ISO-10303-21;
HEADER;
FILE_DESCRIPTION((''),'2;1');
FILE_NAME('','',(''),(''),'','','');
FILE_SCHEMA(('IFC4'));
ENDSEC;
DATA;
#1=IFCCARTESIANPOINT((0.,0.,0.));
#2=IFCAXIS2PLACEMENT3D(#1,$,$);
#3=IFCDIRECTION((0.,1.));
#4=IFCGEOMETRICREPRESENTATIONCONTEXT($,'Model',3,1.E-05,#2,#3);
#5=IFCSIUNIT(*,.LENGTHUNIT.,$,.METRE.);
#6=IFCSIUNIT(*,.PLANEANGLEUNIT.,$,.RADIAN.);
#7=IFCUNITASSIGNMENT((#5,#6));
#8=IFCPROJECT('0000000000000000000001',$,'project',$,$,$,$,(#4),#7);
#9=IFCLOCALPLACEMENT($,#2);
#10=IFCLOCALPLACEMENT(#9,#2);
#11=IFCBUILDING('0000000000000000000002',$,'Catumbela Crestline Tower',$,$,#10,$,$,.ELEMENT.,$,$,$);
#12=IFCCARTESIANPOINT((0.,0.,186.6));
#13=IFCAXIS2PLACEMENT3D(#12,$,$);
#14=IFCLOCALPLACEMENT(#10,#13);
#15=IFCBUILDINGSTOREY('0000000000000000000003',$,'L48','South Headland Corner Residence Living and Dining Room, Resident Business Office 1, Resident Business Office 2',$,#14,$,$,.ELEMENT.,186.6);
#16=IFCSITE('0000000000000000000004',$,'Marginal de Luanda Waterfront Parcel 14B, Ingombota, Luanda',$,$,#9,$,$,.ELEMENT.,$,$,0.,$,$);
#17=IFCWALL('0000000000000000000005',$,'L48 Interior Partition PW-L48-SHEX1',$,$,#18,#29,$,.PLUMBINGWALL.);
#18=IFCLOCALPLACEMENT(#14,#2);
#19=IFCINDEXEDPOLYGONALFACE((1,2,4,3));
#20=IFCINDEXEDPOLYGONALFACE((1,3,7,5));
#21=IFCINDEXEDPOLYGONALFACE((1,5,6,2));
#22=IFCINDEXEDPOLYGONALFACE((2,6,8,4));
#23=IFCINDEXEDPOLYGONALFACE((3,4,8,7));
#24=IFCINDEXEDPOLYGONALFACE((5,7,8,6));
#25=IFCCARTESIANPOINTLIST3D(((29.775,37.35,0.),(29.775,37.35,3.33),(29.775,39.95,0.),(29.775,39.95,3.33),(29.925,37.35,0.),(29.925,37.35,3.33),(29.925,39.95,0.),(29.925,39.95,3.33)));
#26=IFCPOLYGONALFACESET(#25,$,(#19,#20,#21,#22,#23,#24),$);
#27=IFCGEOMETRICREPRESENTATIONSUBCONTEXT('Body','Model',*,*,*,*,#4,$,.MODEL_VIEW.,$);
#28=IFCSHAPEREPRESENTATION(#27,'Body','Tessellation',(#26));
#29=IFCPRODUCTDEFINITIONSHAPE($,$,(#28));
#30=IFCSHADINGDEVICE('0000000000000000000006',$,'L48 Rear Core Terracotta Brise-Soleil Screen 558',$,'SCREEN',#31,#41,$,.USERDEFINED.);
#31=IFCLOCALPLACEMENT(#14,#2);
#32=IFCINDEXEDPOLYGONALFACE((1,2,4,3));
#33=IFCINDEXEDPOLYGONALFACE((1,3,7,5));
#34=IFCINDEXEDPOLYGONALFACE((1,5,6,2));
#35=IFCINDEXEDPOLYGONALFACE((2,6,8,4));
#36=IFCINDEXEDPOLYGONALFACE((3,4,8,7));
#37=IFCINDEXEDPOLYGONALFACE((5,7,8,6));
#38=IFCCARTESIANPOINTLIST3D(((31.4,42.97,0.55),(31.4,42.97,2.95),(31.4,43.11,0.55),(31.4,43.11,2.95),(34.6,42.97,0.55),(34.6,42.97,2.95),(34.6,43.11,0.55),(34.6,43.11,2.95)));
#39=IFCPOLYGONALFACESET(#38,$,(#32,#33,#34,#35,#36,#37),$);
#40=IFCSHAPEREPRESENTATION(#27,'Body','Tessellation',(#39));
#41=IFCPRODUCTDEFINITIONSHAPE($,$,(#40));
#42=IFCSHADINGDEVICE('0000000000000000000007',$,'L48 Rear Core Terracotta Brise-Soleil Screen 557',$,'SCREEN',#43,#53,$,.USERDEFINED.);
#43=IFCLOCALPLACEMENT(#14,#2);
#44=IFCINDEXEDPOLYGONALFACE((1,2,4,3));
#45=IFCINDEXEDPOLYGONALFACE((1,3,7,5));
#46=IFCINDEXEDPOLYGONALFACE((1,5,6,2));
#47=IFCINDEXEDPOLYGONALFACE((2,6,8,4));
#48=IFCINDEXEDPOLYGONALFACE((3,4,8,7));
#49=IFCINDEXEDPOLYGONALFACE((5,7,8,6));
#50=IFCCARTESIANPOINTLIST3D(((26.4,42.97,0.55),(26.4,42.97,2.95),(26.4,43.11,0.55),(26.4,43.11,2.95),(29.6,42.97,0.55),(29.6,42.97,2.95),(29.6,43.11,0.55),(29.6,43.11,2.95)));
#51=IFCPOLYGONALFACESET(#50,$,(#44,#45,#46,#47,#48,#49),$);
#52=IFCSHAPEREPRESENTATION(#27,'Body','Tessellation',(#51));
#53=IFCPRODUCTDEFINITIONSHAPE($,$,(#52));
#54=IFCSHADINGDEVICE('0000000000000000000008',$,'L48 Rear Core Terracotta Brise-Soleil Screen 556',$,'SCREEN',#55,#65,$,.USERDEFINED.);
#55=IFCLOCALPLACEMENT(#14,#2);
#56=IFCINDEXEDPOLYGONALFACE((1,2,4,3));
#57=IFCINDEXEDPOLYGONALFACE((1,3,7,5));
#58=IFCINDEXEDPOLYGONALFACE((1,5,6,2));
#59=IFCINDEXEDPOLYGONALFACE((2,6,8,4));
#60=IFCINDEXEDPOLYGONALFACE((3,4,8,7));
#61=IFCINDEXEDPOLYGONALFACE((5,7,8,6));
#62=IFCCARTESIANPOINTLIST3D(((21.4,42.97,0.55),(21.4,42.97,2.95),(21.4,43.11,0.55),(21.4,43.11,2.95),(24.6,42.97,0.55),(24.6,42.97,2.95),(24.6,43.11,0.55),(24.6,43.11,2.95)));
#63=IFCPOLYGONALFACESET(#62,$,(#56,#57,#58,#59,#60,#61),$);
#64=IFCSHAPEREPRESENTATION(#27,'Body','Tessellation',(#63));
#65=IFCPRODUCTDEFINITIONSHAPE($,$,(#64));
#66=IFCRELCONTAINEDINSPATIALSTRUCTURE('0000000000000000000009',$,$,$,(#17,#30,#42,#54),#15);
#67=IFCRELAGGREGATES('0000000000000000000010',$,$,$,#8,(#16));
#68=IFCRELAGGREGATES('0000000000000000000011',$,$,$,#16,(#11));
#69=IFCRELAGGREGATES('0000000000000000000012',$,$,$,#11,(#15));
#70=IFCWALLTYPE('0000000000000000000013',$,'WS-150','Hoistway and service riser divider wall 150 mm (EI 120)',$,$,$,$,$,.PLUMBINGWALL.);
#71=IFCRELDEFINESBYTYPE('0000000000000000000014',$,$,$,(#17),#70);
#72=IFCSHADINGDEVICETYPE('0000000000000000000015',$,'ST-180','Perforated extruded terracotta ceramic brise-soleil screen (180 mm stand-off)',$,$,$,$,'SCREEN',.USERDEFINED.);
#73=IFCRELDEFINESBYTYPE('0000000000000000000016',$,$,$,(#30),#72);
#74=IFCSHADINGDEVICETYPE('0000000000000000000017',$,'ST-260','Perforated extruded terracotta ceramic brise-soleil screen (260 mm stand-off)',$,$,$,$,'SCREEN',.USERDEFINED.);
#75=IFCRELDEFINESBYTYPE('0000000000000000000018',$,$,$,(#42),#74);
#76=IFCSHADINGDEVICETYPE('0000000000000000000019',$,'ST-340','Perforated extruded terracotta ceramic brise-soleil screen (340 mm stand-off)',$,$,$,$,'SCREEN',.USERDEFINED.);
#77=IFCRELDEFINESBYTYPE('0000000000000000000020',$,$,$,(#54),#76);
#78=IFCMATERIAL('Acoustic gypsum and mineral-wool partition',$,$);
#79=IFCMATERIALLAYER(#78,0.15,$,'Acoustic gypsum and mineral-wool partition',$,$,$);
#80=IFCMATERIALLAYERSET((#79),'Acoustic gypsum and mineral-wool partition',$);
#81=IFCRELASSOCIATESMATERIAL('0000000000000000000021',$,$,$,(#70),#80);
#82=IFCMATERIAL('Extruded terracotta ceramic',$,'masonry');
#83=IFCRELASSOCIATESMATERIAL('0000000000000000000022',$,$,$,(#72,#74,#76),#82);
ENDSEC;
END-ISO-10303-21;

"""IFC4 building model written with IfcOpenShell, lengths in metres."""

from ifc_helpers import new_model, si_unit, direction, frame, frame_2d, origin, origin_2d, place, context, subcontext, project, spatial, rectangle, extrude, material, layer, layer_set, type_object, element, save


model = new_model("IFC4")

# Units and contexts
model_context = context("Model", 3, precision=1e-05, world=origin(), true_north=direction((0.0, 1.0)))
body_context = subcontext(model_context, "Body", "Model", "MODEL_VIEW")
ifc_project = project(units=[si_unit("LENGTHUNIT", "METRE"), si_unit("PLANEANGLEUNIT", "RADIAN")], contexts=[model_context])

# Site, building, storey
site_placement = place(None, origin())
site = spatial("IfcSite", under=ifc_project, at=site_placement, Name="Marginal de Luanda Waterfront Parcel 14B, Ingombota, Luanda", CompositionType="ELEMENT", RefElevation=0.0)
building_placement = place(site_placement, origin())
building = spatial("IfcBuilding", under=site, at=building_placement, Name="Catumbela Crestline Tower", CompositionType="ELEMENT")
storey_placement = place(building_placement, frame((0.0, 0.0, 186.6)))
storey = spatial("IfcBuildingStorey", under=building, at=storey_placement, Name="L48", Description="South Headland Corner Residence Living and Dining Room, Resident Business Office 1, Resident Business Office 2", CompositionType="ELEMENT", Elevation=186.6)

# Shared definitions
ifc_material_1 = material(Name="Acoustic gypsum and mineral-wool partition")

# Wall
ifc_layer_1 = layer(ifc_material_1, 0.15, Name="Acoustic gypsum and mineral-wool partition")
ifc_layer_set_1 = layer_set([ifc_layer_1], Name="Acoustic gypsum and mineral-wool partition")
wall_type_1 = type_object("IfcWallType", Name="WS-150", Description="Hoistway and service riser divider wall 150 mm (EI 120)", PredefinedType="PLUMBINGWALL", material=ifc_layer_set_1)
wall_1_placement = place(storey_placement, frame((29.85, 37.35, 0.0), z_axis=(0.0, 0.0, 1.0), x_axis=(0.0, 1.0, 0.0)))
element("IfcWall", 1, at=wall_1_placement, inside=storey, type_object=wall_type_1, Name="L48 Interior Partition PW-L48-SHEX1", PredefinedType="PLUMBINGWALL", context=body_context, shape_type="SweptSolid", body=[
    extrude(rectangle(XDim=2.6, YDim=0.15, at=frame_2d((1.3, 0.0))), origin(), (0.0, 0.0, 1.0), 3.33),
])

# Shading devices
ifc_material_2 = material(Name="Extruded terracotta ceramic", Category="masonry")
shading_device_type_1 = type_object("IfcShadingDeviceType", Name="ST-180", Description="Perforated extruded terracotta ceramic brise-soleil screen (180 mm stand-off)", ElementType="SCREEN", PredefinedType="USERDEFINED", material=ifc_material_2)
shading_device_1_placement = place(storey_placement, frame((33.0, 43.04, 0.55), z_axis=(0.0, 0.0, 1.0), x_axis=(1.0, 0.0, 0.0)))
element("IfcShadingDevice", 2, at=shading_device_1_placement, inside=storey, type_object=shading_device_type_1, Name="L48 Rear Core Terracotta Brise-Soleil Screen 558", ObjectType="SCREEN", PredefinedType="USERDEFINED", context=body_context, shape_type="SweptSolid", body=[
    extrude(rectangle(XDim=3.2, YDim=0.14, at=origin_2d()), origin(), (0.0, 0.0, 1.0), 2.4),
])
shading_device_type_2 = type_object("IfcShadingDeviceType", Name="ST-260", Description="Perforated extruded terracotta ceramic brise-soleil screen (260 mm stand-off)", ElementType="SCREEN", PredefinedType="USERDEFINED", material=ifc_material_2)
shading_device_2_placement = place(storey_placement, frame((28.0, 43.04, 0.55), z_axis=(0.0, 0.0, 1.0), x_axis=(1.0, 0.0, 0.0)))
element("IfcShadingDevice", 3, at=shading_device_2_placement, inside=storey, type_object=shading_device_type_2, Name="L48 Rear Core Terracotta Brise-Soleil Screen 557", ObjectType="SCREEN", PredefinedType="USERDEFINED", context=body_context, shape_type="SweptSolid", body=[
    extrude(rectangle(XDim=3.2, YDim=0.14, at=origin_2d()), origin(), (0.0, 0.0, 1.0), 2.4),
])
shading_device_type_3 = type_object("IfcShadingDeviceType", Name="ST-340", Description="Perforated extruded terracotta ceramic brise-soleil screen (340 mm stand-off)", ElementType="SCREEN", PredefinedType="USERDEFINED", material=ifc_material_2)
shading_device_3_placement = place(storey_placement, frame((23.0, 43.04, 0.55), z_axis=(0.0, 0.0, 1.0), x_axis=(1.0, 0.0, 0.0)))
element("IfcShadingDevice", 4, at=shading_device_3_placement, inside=storey, type_object=shading_device_type_3, Name="L48 Rear Core Terracotta Brise-Soleil Screen 556", ObjectType="SCREEN", PredefinedType="USERDEFINED", context=body_context, shape_type="SweptSolid", body=[
    extrude(rectangle(XDim=3.2, YDim=0.14, at=origin_2d()), origin(), (0.0, 0.0, 1.0), 2.4),
])

save(model, "model.ifc")
